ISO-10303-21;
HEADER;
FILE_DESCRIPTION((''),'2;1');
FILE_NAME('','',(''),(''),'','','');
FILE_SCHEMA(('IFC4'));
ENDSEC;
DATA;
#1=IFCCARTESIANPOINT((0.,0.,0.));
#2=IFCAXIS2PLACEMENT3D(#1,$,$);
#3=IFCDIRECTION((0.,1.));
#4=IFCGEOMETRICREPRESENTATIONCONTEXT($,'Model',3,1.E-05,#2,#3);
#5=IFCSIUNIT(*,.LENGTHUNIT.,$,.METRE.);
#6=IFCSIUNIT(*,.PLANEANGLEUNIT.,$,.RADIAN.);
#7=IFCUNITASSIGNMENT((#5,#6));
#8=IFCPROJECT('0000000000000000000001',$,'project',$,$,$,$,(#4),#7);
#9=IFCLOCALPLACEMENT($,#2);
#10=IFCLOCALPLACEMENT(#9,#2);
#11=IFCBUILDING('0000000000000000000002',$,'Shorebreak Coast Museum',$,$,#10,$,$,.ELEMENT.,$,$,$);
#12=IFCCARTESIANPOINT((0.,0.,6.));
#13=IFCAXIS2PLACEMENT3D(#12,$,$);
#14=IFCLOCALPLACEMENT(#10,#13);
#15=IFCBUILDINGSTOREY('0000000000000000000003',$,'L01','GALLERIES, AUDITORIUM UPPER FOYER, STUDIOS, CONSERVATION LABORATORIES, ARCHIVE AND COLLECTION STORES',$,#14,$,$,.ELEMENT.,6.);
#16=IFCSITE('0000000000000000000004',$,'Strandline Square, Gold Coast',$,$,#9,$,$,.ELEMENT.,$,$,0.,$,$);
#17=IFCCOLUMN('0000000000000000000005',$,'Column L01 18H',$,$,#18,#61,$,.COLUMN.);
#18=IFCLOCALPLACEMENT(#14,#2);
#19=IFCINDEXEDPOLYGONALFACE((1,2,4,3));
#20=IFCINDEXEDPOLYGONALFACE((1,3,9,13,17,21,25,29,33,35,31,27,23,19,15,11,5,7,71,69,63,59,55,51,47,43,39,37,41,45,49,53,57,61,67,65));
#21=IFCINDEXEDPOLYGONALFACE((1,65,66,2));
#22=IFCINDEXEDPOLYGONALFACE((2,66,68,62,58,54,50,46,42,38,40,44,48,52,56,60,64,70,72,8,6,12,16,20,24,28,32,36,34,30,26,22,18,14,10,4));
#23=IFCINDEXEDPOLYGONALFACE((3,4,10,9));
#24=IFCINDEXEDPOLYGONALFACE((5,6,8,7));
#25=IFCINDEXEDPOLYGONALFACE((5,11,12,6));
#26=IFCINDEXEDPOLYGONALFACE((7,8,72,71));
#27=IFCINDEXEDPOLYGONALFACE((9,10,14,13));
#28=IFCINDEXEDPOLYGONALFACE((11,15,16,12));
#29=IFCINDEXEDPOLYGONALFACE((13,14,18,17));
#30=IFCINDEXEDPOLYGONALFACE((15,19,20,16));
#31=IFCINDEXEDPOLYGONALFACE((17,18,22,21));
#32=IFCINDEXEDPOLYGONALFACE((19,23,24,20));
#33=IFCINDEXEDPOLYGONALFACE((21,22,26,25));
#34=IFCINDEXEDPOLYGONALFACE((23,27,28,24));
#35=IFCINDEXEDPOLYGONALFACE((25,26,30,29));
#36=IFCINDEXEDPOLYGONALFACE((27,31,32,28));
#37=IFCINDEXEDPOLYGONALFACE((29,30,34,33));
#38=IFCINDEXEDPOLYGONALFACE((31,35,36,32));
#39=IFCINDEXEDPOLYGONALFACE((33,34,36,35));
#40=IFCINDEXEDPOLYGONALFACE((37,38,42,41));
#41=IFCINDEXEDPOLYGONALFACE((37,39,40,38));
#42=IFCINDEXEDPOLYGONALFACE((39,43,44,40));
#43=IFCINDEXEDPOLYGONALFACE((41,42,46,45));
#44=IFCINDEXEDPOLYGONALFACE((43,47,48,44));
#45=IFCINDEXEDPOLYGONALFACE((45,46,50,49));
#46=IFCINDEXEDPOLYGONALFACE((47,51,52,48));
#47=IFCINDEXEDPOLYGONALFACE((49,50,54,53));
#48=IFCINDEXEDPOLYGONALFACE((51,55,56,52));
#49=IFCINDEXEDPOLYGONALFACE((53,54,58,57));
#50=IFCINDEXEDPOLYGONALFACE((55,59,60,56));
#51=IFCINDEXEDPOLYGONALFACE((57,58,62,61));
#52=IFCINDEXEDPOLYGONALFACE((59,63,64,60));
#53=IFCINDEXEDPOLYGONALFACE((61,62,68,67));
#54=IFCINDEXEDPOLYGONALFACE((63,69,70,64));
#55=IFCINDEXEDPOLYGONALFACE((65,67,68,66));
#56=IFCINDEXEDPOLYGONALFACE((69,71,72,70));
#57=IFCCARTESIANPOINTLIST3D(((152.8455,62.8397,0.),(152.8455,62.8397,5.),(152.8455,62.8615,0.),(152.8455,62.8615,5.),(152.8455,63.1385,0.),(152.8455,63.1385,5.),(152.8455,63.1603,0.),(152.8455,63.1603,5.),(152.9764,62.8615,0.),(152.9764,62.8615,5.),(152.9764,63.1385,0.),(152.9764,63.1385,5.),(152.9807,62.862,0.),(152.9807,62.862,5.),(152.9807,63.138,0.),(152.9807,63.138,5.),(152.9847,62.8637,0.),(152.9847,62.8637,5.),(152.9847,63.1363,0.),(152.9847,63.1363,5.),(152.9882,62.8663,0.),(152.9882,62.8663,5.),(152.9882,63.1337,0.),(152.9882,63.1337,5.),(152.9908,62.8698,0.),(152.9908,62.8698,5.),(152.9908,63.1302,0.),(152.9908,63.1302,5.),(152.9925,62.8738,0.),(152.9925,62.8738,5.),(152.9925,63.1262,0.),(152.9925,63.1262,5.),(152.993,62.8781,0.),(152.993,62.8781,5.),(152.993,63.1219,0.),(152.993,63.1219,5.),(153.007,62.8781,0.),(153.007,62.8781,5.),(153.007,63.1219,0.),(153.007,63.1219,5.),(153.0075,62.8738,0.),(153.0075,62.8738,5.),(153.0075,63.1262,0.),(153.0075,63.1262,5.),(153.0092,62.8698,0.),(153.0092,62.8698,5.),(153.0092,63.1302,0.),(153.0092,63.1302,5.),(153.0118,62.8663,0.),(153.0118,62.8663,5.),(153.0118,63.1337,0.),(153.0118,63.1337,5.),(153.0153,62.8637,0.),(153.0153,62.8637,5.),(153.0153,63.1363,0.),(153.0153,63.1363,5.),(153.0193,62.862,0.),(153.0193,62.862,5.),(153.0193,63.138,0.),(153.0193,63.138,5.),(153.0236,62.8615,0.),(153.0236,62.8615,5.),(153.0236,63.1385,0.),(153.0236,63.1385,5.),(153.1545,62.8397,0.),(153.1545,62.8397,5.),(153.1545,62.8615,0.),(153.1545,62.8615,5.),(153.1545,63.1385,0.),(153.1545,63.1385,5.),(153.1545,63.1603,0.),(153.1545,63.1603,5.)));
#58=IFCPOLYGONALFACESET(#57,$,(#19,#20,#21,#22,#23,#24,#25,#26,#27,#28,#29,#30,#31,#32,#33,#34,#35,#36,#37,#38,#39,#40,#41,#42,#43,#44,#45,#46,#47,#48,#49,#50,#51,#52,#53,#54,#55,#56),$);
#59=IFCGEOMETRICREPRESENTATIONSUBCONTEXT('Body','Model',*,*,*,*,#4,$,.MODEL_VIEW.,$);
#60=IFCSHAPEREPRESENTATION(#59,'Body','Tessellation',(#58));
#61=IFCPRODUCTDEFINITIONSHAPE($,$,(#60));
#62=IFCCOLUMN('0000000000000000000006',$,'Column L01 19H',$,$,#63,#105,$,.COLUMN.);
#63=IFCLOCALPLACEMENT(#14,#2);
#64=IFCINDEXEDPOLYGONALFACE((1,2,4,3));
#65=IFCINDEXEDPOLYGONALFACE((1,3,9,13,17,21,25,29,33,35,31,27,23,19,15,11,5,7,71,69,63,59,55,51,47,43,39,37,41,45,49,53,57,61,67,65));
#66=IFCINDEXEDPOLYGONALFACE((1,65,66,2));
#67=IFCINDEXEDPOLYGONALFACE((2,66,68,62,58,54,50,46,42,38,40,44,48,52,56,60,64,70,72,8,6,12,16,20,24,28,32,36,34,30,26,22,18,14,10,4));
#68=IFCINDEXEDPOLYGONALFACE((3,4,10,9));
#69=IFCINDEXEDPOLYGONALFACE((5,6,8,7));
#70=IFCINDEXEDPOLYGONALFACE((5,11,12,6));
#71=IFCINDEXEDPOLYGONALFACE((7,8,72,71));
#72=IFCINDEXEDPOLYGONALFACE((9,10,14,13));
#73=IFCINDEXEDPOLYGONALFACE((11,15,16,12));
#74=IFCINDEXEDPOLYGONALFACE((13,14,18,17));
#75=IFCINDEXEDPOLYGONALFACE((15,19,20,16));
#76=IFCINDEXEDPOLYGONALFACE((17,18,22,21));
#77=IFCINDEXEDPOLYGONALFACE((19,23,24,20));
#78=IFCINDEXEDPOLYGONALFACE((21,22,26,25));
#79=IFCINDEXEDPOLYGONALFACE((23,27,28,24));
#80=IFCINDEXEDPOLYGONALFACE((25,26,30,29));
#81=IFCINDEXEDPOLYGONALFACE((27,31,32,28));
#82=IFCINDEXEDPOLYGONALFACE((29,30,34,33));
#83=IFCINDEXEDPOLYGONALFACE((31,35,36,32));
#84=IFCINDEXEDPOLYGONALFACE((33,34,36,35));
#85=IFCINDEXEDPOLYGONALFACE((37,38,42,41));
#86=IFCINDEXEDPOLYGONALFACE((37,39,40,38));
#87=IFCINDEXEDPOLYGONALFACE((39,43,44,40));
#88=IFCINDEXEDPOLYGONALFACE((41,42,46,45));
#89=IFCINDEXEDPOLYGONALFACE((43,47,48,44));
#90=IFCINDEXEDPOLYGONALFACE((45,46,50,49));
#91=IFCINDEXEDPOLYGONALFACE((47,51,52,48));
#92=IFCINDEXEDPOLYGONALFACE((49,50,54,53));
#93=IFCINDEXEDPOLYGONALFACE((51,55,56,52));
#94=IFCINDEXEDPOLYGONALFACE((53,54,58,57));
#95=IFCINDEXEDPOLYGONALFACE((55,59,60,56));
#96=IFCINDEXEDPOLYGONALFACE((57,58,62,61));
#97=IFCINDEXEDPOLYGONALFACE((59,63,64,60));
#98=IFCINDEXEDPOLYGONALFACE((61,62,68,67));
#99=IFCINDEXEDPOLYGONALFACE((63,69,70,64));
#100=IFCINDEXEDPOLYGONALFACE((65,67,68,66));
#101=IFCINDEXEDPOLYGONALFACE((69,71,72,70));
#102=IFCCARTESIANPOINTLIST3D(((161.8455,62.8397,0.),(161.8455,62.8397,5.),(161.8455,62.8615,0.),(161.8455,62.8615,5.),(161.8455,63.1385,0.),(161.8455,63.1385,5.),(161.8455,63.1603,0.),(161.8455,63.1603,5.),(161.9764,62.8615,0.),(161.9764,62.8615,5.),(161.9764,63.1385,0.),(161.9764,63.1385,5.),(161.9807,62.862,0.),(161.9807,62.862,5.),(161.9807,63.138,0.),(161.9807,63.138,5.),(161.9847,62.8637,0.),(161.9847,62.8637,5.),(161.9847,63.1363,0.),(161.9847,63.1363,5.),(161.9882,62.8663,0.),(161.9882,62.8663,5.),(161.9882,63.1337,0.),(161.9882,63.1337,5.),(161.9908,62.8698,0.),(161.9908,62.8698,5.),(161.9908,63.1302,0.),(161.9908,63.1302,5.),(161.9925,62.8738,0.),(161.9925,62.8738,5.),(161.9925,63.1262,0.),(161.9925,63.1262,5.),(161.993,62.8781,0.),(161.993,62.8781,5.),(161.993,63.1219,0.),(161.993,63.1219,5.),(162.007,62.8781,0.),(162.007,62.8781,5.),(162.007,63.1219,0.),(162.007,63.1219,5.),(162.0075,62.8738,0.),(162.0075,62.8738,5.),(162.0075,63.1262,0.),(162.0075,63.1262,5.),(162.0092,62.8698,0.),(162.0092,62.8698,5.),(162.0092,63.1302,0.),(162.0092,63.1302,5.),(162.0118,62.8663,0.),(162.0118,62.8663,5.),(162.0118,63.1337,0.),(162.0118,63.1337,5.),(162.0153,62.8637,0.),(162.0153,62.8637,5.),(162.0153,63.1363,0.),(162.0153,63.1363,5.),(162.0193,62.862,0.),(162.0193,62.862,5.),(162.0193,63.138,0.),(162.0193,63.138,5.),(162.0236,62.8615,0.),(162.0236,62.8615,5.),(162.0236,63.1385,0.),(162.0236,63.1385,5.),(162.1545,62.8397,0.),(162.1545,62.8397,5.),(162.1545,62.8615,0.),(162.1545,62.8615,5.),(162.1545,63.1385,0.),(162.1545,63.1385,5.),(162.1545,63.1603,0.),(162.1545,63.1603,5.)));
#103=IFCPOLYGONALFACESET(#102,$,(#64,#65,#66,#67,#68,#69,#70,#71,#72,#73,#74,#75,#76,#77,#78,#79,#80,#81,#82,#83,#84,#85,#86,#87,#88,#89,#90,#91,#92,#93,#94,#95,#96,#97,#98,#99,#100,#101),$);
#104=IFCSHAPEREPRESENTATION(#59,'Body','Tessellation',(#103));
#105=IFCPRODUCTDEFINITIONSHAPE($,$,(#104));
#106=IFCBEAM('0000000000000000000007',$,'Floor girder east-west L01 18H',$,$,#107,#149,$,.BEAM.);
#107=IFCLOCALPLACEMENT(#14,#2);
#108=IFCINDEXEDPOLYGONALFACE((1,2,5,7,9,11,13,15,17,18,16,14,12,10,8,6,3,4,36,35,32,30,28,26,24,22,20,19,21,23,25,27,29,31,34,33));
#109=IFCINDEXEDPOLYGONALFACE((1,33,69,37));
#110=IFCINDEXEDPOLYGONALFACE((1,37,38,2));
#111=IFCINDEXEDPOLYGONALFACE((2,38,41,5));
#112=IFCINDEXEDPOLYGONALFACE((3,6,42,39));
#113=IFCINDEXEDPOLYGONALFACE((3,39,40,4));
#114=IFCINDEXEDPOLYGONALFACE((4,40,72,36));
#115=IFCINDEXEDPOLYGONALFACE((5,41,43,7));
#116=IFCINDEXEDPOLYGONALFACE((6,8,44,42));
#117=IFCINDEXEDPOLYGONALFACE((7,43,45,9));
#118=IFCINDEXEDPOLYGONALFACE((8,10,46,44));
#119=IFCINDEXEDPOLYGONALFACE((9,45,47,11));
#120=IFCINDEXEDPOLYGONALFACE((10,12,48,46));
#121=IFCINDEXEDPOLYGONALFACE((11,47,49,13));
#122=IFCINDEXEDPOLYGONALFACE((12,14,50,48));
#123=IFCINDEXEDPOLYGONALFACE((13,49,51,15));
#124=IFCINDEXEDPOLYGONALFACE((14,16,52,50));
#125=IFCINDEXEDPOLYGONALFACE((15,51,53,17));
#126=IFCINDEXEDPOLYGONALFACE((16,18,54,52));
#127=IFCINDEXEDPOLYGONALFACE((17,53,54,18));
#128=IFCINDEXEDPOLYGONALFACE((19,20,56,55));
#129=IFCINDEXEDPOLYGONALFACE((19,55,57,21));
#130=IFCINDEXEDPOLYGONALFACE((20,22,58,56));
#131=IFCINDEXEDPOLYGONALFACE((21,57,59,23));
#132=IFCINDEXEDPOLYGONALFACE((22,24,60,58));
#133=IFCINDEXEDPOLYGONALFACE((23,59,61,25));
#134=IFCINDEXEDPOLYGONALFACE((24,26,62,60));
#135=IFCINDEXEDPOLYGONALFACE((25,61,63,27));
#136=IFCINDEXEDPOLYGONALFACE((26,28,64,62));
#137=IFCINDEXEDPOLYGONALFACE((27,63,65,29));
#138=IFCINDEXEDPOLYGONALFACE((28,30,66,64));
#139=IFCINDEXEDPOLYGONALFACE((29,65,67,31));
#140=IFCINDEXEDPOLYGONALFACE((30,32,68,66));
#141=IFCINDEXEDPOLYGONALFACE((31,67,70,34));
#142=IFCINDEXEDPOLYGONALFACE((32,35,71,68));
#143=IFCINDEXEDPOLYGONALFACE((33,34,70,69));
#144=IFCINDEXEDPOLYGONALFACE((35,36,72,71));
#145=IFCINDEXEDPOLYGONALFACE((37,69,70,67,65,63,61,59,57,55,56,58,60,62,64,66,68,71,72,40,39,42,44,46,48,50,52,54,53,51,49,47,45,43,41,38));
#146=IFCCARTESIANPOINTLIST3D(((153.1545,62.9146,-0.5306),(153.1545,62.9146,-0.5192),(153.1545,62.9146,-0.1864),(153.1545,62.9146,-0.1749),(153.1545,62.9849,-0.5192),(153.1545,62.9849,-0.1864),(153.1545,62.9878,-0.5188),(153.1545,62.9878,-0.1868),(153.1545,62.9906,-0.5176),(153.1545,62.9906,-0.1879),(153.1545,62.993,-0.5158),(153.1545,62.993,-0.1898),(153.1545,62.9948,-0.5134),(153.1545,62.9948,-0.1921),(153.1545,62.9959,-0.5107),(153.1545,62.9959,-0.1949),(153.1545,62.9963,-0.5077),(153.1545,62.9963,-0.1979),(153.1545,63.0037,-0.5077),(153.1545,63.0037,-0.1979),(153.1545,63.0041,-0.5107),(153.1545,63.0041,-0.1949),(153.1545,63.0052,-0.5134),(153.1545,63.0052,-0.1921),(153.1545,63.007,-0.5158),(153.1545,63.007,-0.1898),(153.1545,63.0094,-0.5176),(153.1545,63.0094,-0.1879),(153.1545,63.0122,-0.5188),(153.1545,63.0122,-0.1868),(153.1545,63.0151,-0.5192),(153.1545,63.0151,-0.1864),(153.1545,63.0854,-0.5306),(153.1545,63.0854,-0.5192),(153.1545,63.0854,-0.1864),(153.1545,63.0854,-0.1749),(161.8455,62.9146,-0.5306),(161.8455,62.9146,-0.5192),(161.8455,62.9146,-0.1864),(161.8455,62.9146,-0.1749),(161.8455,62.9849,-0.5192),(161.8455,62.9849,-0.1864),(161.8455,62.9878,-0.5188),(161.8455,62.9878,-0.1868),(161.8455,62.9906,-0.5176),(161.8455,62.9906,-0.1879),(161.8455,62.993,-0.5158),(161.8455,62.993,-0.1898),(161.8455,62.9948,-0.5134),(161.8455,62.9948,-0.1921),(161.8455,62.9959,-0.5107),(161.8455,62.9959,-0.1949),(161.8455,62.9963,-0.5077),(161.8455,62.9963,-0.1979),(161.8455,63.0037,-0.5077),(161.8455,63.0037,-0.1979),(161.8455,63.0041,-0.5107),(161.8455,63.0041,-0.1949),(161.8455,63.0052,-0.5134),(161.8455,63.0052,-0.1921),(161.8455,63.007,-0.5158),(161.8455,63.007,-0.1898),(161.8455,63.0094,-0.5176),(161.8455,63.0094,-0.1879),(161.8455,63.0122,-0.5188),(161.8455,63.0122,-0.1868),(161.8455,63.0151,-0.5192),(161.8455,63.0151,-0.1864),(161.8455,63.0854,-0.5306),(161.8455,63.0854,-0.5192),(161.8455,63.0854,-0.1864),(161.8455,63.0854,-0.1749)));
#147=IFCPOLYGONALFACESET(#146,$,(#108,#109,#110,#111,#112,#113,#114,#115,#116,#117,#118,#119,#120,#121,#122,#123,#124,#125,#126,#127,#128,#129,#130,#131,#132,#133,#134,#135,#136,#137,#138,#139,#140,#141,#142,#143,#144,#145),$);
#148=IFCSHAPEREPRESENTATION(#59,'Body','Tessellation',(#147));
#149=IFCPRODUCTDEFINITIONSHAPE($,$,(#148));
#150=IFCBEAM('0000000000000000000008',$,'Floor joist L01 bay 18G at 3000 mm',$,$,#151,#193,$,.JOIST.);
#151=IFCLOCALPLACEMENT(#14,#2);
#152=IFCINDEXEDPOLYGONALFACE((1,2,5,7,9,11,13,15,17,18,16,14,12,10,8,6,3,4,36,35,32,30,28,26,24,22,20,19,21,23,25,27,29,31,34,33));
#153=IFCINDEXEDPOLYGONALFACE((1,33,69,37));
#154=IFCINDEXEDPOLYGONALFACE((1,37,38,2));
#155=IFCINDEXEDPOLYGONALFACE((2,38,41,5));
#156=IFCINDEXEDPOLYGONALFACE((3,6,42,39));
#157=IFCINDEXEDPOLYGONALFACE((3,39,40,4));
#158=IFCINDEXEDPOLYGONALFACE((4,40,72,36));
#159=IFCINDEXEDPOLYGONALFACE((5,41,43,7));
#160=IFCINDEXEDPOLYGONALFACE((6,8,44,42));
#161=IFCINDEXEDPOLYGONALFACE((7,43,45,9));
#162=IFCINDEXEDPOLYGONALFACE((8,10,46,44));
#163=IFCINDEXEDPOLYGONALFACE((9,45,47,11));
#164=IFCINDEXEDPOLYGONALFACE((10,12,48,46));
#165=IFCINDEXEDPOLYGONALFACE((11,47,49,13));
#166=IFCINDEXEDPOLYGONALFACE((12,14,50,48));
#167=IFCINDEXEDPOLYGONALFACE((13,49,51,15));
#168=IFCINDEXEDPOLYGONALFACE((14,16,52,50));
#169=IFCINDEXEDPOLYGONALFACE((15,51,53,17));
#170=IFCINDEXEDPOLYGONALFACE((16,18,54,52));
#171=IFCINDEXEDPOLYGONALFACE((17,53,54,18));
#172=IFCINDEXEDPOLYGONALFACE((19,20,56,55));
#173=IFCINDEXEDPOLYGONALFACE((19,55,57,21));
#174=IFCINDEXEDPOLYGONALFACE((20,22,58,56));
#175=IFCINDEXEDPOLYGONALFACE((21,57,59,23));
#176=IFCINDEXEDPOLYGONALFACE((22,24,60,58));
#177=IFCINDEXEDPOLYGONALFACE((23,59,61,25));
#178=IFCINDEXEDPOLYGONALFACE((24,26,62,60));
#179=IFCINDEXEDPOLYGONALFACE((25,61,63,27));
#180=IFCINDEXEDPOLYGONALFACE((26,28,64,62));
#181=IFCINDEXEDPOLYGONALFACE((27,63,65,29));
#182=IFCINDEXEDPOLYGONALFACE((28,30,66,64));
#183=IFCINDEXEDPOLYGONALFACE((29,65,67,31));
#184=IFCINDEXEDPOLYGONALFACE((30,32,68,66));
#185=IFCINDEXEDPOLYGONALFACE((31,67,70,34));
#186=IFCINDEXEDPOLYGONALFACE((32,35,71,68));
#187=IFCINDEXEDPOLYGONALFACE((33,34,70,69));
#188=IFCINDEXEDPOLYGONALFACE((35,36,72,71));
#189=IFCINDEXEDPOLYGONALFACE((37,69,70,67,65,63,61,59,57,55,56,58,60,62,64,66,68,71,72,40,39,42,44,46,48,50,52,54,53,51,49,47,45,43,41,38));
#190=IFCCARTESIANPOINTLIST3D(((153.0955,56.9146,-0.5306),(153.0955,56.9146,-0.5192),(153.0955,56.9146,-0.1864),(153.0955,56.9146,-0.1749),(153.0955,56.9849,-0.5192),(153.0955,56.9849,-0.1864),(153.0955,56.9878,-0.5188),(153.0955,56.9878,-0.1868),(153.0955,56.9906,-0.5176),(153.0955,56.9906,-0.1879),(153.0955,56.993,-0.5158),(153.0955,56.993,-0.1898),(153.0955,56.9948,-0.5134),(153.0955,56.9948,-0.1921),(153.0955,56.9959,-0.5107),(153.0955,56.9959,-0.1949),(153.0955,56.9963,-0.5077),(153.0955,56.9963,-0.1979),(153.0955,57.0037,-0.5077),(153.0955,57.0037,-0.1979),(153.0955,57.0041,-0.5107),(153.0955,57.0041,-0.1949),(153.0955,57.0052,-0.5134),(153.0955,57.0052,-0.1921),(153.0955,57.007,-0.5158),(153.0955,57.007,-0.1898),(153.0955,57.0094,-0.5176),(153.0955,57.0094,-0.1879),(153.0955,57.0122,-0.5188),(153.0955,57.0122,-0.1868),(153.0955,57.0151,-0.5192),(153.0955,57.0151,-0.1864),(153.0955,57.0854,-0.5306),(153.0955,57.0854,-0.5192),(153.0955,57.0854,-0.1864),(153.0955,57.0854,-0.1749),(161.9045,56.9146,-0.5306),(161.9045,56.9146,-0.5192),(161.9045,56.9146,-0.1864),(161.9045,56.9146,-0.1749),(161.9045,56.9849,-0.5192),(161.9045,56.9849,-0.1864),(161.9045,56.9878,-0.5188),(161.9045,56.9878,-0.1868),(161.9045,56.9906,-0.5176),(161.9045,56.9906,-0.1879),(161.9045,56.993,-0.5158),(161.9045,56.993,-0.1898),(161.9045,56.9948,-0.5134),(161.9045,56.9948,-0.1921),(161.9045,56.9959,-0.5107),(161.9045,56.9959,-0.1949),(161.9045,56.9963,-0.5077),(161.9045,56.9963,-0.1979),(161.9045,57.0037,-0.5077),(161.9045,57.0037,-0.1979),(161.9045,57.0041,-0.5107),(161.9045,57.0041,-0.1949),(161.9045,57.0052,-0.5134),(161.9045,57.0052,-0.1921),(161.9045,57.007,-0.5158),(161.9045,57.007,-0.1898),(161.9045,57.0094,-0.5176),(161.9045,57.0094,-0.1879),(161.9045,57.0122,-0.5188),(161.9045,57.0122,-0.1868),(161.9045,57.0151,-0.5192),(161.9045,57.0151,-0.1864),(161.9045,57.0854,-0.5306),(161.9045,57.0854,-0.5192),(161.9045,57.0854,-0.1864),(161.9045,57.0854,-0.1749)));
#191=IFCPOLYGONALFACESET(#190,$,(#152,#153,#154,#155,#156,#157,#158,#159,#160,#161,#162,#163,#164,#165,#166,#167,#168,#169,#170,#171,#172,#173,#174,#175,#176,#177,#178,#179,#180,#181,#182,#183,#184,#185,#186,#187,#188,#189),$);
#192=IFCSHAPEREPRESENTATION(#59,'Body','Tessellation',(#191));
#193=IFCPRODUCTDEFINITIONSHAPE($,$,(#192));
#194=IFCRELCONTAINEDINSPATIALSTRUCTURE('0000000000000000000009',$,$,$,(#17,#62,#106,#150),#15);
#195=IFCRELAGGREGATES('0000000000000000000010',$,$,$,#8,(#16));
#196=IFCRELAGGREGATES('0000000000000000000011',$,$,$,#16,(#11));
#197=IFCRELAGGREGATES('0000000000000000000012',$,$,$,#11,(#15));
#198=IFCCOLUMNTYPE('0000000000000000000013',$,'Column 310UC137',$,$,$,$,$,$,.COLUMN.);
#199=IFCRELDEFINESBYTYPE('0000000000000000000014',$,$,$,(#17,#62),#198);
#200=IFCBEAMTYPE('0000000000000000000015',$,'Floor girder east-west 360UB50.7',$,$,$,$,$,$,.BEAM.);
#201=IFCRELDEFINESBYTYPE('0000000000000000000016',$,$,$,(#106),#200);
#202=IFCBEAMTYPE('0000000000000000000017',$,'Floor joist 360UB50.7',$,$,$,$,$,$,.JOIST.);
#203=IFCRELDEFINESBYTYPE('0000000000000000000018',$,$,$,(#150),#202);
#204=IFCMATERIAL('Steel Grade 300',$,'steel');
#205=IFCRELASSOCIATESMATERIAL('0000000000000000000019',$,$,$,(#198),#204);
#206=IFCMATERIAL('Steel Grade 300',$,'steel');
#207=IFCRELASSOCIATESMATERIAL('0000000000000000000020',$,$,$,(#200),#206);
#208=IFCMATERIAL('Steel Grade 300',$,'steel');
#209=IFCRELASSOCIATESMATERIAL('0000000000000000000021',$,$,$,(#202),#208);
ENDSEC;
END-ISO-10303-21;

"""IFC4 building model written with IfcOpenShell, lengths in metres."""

from ifc_helpers import new_model, si_unit, direction, frame, origin, origin_2d, place, context, subcontext, project, spatial, i_section, extrude, material, material_profile, profile_set, type_object, element, save


model = new_model("IFC4")

# Units and contexts
model_context = context("Model", 3, precision=1e-05, world=origin(), true_north=direction((0.0, 1.0)))
body_context = subcontext(model_context, "Body", "Model", "MODEL_VIEW")
ifc_project = project(units=[si_unit("LENGTHUNIT", "METRE"), si_unit("PLANEANGLEUNIT", "RADIAN")], contexts=[model_context])

# Site, building, storey
site_placement = place(None, origin())
site = spatial("IfcSite", under=ifc_project, at=site_placement, Name="Strandline Square, Gold Coast", CompositionType="ELEMENT", RefElevation=0.0)
building_placement = place(site_placement, origin())
building = spatial("IfcBuilding", under=site, at=building_placement, Name="Shorebreak Coast Museum", CompositionType="ELEMENT")
storey_placement = place(building_placement, frame((0.0, 0.0, 6.0)))
storey = spatial("IfcBuildingStorey", under=building, at=storey_placement, Name="L01", Description="GALLERIES, AUDITORIUM UPPER FOYER, STUDIOS, CONSERVATION LABORATORIES, ARCHIVE AND COLLECTION STORES", CompositionType="ELEMENT", Elevation=6.0)

# Columns
ifc_material_1 = material(Name="Steel Grade 300", Category="steel")
ifc_material_profile_1 = material_profile(ifc_material_1, i_section(OverallWidth=0.3091, OverallDepth=0.3206, WebThickness=0.0139, FlangeThickness=0.0217, FilletRadius=0.0166, at=origin_2d()), Name="310UC137")
ifc_profile_set_1 = profile_set([ifc_material_profile_1], Name="Steel Grade 300")
column_type = type_object("IfcColumnType", Name="Column 310UC137", PredefinedType="COLUMN", material=ifc_profile_set_1)
for number, where, z_axis, x_axis, name in (
    (1, (153.0, 63.0, 0.0), (0.0, 0.0, 1.0), (1.0, 0.0, 0.0), "Column L01 18H"),
    (2, (162.0, 63.0, 0.0), (0.0, 0.0, 1.0), (1.0, 0.0, 0.0), "Column L01 19H"),
):
    element("IfcColumn", number, at=place(storey_placement, frame(where, z_axis=z_axis, x_axis=x_axis)), inside=storey, type_object=column_type, Name=name, PredefinedType="COLUMN", context=body_context, shape_type="SweptSolid", body=[
        extrude(i_section(OverallWidth=0.3091, OverallDepth=0.3206, WebThickness=0.0139, FlangeThickness=0.0217, FilletRadius=0.0166, at=origin_2d()), origin(), (0.0, 0.0, 1.0), 5.0),
    ])

# Beams
ifc_material_2 = material(Name="Steel Grade 300", Category="steel")
ifc_material_profile_2 = material_profile(ifc_material_2, i_section(OverallWidth=0.1709, OverallDepth=0.3557, WebThickness=0.0073, FlangeThickness=0.0115, FilletRadius=0.0115, at=origin_2d()), Name="360UB50.7")
ifc_profile_set_2 = profile_set([ifc_material_profile_2], Name="Steel Grade 300")
beam_type_1 = type_object("IfcBeamType", Name="Floor girder east-west 360UB50.7", PredefinedType="BEAM", material=ifc_profile_set_2)
beam_placement = place(storey_placement, frame((153.1545, 63.0, -0.3528), z_axis=(1.0, 0.0, 0.0), x_axis=(0.0, 1.0, 0.0)))
element("IfcBeam", 3, at=beam_placement, inside=storey, type_object=beam_type_1, Name="Floor girder east-west L01 18H", PredefinedType="BEAM", context=body_context, shape_type="SweptSolid", body=[
    extrude(i_section(OverallWidth=0.1709, OverallDepth=0.3557, WebThickness=0.0073, FlangeThickness=0.0115, FilletRadius=0.0115, at=origin_2d()), origin(), (0.0, 0.0, 1.0), 8.6909),
])
ifc_material_3 = material(Name="Steel Grade 300", Category="steel")
ifc_material_profile_3 = material_profile(ifc_material_3, i_section(OverallWidth=0.1709, OverallDepth=0.3557, WebThickness=0.0073, FlangeThickness=0.0115, FilletRadius=0.0115, at=origin_2d()), Name="360UB50.7")
ifc_profile_set_3 = profile_set([ifc_material_profile_3], Name="Steel Grade 300")
beam_type_2 = type_object("IfcBeamType", Name="Floor joist 360UB50.7", PredefinedType="JOIST", material=ifc_profile_set_3)
for number, where, z_axis, x_axis, name in (
    (4, (153.0955, 57.0, -0.3528), (1.0, 0.0, 0.0), (0.0, 1.0, 0.0), "Floor joist L01 bay 18G at 3000 mm"),
):
    element("IfcBeam", number, at=place(storey_placement, frame(where, z_axis=z_axis, x_axis=x_axis)), inside=storey, type_object=beam_type_2, Name=name, PredefinedType="JOIST", context=body_context, shape_type="SweptSolid", body=[
        extrude(i_section(OverallWidth=0.1709, OverallDepth=0.3557, WebThickness=0.0073, FlangeThickness=0.0115, FilletRadius=0.0115, at=origin_2d()), origin(), (0.0, 0.0, 1.0), 8.8091),
    ])

save(model, "model.ifc")
